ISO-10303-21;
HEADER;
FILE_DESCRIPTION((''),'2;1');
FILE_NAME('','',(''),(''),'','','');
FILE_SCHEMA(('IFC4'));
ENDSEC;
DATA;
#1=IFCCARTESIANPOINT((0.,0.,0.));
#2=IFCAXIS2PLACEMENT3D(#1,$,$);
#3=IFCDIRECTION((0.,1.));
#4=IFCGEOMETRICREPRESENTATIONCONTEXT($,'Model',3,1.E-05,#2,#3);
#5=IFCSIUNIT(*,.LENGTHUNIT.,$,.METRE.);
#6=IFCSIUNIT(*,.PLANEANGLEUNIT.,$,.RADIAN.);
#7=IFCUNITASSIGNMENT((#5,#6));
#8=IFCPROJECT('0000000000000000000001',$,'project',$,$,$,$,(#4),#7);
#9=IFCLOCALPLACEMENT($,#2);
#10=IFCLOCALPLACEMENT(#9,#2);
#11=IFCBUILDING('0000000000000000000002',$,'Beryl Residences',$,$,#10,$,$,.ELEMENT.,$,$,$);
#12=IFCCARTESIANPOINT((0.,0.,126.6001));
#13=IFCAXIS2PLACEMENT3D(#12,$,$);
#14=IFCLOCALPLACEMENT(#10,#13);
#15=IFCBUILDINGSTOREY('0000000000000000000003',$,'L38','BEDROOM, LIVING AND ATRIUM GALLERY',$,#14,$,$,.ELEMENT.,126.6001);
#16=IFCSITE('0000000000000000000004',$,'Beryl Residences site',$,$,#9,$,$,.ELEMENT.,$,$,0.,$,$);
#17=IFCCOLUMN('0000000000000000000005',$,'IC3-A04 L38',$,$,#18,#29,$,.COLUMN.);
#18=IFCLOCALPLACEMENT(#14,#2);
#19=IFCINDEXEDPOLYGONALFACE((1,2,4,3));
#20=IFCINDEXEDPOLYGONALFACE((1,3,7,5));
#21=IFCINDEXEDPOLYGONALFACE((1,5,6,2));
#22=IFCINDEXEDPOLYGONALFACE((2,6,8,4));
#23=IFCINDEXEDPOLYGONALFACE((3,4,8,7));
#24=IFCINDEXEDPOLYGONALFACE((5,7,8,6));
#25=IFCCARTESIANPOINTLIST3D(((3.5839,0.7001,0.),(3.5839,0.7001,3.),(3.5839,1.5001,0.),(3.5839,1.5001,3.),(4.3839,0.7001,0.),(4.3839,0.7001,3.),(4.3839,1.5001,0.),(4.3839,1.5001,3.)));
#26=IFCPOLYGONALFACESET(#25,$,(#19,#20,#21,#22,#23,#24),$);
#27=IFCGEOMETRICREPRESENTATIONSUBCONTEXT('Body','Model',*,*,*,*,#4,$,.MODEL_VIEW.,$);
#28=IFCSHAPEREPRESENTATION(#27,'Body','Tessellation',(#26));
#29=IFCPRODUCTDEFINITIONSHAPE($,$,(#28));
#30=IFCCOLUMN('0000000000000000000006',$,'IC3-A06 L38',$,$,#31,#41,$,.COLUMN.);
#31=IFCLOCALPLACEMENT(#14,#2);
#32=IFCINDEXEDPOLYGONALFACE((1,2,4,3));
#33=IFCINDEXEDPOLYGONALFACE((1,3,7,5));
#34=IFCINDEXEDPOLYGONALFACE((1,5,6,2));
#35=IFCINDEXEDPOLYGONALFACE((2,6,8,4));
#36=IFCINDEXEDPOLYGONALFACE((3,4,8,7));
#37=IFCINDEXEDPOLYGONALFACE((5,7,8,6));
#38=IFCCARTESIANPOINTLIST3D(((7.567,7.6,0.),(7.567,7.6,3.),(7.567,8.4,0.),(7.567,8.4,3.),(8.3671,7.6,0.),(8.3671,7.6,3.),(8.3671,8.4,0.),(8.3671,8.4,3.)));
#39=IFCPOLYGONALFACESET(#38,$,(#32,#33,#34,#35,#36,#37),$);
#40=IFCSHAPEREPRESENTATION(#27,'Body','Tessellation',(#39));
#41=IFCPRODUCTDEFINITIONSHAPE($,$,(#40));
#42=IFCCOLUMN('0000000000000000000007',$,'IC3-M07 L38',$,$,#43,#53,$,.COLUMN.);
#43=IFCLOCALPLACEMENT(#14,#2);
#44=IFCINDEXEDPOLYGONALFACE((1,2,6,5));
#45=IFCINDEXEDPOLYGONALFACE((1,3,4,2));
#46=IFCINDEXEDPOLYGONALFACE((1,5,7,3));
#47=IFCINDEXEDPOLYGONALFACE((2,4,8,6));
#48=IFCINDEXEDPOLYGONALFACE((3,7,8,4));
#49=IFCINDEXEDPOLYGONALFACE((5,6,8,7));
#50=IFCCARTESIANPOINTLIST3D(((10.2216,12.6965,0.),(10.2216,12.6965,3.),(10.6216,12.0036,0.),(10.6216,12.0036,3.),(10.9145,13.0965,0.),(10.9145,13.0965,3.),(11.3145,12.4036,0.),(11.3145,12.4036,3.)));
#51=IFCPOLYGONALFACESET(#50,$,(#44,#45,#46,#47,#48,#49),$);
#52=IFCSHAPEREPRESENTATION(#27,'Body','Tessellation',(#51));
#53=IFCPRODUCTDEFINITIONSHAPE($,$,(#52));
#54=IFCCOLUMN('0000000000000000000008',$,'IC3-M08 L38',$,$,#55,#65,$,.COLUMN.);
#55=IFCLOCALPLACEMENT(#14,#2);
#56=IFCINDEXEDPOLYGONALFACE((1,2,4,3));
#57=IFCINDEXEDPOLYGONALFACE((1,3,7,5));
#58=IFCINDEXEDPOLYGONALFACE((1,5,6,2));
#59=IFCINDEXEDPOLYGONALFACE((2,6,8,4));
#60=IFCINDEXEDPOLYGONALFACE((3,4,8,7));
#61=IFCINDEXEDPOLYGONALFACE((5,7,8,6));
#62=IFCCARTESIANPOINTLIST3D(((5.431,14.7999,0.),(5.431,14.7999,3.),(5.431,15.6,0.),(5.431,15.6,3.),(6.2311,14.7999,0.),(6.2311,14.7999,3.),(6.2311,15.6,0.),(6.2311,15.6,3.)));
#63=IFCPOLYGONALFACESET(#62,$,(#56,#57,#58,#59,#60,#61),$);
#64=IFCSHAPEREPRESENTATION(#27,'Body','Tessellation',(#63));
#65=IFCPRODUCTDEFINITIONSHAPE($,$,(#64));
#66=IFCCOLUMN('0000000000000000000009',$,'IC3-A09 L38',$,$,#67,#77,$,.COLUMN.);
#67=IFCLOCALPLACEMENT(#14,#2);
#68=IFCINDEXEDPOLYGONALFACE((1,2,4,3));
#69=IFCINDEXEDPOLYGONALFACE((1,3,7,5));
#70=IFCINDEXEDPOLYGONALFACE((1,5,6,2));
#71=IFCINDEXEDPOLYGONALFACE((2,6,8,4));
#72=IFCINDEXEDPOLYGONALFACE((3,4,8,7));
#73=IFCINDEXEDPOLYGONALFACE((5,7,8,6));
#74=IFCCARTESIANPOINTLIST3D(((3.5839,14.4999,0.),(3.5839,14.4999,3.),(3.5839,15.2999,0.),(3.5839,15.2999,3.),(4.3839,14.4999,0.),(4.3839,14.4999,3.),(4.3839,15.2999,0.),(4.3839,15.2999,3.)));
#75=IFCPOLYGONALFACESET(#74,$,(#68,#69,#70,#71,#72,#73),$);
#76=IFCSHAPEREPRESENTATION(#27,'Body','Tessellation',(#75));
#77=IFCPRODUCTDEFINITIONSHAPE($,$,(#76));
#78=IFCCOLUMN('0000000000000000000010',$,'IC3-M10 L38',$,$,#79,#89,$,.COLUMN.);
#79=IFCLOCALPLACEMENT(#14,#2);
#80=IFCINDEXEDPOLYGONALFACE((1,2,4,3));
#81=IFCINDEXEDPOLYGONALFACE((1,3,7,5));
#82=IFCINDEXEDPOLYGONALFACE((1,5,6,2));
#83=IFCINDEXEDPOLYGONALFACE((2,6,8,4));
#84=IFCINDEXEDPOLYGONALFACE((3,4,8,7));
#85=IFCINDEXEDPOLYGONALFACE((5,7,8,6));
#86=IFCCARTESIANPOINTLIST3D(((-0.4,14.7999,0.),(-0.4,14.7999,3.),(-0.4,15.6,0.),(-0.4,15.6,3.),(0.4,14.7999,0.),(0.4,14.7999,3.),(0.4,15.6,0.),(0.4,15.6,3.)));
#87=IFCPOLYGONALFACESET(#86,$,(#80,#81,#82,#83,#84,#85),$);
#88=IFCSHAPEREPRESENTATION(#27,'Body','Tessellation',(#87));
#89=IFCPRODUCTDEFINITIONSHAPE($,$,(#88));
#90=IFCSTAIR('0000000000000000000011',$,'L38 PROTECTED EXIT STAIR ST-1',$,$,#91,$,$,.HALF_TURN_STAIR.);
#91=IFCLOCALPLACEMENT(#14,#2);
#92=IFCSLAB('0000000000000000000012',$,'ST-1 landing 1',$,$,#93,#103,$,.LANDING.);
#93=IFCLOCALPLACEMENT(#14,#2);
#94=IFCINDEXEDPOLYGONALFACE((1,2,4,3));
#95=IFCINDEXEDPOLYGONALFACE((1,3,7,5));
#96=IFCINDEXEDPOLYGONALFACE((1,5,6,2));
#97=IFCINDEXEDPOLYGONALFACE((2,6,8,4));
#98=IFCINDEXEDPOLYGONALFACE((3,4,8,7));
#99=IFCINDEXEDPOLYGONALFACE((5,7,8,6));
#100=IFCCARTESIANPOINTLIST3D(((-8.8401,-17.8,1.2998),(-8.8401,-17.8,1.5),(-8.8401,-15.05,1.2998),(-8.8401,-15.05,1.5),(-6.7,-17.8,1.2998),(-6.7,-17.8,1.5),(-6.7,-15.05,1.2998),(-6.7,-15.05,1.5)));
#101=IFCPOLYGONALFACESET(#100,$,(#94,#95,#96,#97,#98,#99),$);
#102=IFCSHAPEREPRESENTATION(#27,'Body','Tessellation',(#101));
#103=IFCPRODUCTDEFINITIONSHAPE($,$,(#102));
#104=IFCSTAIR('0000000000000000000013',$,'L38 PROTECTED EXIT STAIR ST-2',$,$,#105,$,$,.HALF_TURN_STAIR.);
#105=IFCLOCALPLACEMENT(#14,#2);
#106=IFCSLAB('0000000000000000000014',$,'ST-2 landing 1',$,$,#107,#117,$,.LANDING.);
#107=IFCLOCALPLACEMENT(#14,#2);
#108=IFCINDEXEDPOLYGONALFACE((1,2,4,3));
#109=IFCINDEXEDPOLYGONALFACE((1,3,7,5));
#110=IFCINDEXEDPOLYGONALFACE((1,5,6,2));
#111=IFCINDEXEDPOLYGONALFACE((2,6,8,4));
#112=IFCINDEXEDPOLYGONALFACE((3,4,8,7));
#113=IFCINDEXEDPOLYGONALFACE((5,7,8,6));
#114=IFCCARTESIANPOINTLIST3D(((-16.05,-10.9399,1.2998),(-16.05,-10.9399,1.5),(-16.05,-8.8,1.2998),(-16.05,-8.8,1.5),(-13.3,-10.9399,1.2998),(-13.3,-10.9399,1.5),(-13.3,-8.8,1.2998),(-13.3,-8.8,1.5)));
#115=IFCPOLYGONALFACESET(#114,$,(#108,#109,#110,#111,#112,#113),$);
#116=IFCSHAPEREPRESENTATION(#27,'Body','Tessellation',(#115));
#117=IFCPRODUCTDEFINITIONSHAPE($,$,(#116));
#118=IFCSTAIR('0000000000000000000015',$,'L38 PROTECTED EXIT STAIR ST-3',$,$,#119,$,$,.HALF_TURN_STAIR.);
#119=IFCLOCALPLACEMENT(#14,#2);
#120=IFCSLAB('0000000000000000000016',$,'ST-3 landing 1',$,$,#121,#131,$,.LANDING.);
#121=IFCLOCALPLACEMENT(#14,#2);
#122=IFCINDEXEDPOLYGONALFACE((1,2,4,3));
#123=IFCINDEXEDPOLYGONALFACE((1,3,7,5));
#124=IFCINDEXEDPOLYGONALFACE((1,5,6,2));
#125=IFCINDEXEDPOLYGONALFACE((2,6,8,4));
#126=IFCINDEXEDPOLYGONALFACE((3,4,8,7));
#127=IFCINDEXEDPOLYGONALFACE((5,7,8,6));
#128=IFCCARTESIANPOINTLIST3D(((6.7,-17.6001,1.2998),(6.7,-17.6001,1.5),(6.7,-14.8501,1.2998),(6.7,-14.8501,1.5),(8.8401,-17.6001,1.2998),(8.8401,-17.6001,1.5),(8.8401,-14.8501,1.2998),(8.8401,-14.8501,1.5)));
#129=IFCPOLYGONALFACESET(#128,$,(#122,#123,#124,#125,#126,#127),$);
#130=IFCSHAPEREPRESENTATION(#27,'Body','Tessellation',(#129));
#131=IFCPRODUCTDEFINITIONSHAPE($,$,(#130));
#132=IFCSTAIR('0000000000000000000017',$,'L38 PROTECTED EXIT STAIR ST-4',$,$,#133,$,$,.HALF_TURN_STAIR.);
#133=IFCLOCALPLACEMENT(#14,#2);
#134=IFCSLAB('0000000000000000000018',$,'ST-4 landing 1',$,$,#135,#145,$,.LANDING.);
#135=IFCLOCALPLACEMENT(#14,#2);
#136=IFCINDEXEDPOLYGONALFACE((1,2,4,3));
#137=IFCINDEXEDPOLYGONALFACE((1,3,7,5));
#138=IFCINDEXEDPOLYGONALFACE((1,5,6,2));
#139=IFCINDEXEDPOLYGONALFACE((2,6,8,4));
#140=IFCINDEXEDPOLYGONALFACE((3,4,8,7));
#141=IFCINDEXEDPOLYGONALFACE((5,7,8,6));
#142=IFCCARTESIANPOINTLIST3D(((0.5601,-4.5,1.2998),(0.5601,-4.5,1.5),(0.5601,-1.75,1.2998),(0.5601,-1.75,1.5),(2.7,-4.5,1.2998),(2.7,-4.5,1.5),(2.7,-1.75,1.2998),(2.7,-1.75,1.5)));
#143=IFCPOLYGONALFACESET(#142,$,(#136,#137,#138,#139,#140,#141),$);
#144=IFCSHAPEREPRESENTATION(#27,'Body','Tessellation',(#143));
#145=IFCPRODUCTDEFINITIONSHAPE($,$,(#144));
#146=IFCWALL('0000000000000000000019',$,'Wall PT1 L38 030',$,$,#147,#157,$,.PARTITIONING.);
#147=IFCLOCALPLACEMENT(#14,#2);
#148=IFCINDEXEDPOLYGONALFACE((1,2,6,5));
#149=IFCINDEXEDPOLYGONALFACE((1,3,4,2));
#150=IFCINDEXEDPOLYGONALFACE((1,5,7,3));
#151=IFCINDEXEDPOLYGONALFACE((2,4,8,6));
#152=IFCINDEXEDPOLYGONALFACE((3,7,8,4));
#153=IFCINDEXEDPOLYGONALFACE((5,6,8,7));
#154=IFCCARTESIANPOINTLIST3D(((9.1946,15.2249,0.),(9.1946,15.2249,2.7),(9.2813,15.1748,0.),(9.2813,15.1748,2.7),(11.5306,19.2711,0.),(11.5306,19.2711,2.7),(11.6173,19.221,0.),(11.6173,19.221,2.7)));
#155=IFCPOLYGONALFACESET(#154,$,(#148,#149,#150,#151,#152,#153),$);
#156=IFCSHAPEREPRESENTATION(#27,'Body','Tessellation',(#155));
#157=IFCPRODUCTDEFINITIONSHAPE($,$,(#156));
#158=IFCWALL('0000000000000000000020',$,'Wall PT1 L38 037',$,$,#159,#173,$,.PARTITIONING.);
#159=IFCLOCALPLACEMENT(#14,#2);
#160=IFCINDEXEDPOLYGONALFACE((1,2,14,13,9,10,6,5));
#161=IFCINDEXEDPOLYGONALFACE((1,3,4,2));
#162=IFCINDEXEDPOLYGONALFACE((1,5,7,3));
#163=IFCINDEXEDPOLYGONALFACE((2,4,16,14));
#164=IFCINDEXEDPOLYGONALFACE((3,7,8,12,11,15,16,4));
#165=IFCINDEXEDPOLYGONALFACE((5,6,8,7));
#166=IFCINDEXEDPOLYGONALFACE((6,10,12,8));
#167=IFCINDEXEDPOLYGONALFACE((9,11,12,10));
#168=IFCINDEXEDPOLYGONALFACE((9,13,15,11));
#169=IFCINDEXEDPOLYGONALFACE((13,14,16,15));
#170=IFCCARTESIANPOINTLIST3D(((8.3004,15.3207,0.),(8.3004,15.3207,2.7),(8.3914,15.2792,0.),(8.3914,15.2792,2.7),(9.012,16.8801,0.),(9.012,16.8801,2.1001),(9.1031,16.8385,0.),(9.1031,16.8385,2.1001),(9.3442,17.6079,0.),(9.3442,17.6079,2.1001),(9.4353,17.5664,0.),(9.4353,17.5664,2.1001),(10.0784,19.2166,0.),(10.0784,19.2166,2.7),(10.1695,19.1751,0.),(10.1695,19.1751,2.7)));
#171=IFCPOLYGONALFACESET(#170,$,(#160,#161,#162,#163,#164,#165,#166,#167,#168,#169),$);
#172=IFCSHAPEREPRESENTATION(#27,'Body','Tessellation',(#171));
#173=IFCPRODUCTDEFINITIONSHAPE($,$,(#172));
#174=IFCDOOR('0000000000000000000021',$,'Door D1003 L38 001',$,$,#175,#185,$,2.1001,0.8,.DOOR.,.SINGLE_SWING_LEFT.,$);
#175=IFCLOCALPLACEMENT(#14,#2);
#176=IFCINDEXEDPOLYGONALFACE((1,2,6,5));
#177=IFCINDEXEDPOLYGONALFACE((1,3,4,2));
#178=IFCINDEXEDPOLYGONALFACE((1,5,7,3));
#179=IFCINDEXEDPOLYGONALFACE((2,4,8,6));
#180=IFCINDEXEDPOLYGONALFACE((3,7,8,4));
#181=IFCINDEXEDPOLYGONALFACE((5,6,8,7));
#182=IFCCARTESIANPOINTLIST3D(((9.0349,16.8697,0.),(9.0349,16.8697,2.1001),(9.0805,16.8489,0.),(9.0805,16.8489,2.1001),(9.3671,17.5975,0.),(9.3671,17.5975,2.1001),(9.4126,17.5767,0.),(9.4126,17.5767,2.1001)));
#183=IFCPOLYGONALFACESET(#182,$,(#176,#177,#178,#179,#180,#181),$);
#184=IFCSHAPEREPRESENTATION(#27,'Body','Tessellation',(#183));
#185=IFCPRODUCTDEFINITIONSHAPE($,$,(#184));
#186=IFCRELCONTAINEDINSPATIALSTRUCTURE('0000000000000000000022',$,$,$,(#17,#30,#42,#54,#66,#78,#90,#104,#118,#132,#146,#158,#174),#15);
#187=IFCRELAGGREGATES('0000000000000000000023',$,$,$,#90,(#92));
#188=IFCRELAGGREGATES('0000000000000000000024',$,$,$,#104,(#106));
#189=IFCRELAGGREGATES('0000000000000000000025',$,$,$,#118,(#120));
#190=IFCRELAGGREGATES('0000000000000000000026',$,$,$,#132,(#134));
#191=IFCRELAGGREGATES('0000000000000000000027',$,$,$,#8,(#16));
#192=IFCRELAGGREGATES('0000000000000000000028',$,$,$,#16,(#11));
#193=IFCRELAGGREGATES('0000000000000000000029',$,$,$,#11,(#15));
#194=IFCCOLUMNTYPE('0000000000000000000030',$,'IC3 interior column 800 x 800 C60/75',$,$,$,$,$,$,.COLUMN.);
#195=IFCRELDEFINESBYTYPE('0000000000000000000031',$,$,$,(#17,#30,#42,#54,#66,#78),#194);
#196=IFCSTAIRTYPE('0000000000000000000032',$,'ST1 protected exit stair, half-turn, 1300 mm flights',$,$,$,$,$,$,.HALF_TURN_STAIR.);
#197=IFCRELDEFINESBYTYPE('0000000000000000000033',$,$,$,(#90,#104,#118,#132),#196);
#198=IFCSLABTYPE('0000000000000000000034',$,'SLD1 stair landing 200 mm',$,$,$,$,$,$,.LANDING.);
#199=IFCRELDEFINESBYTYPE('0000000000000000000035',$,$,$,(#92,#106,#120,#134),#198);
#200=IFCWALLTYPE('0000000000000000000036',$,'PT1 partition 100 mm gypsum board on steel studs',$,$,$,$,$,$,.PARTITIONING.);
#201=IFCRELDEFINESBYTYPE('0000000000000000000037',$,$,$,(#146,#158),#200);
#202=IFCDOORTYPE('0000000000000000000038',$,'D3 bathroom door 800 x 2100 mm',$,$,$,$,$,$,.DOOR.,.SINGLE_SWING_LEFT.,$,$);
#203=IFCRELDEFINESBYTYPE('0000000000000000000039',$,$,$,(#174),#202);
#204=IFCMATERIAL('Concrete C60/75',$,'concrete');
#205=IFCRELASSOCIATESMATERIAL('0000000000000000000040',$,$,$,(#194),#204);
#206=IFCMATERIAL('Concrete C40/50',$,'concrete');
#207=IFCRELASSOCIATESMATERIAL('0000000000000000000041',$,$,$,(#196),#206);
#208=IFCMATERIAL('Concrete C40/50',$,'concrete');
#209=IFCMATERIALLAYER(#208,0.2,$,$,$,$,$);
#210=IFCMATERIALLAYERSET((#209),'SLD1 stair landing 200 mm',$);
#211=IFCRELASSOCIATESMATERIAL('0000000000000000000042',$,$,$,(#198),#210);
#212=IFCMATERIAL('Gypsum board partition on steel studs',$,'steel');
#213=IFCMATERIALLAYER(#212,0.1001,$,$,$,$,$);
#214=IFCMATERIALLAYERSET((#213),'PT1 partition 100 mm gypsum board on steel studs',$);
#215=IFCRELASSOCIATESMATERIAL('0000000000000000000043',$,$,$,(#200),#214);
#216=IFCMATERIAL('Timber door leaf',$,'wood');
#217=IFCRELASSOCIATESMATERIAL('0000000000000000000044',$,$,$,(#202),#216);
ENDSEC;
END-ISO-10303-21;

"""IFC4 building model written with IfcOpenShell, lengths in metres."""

from ifc_helpers import new_model, si_unit, direction, frame, frame_2d, origin, origin_2d, place, context, subcontext, project, spatial, polyline, rectangle, outline, extrude, material, layer, layer_set, material_profile, profile_set, type_object, element, fill, aggregate, save


model = new_model("IFC4")

# Units and contexts
model_context = context("Model", 3, precision=1e-05, world=origin(), true_north=direction((0.0, 1.0)))
body_context = subcontext(model_context, "Body", "Model", "MODEL_VIEW")
ifc_project = project(units=[si_unit("LENGTHUNIT", "METRE"), si_unit("PLANEANGLEUNIT", "RADIAN")], contexts=[model_context])

# Site, building, storey
site_placement = place(None, origin())
site = spatial("IfcSite", under=ifc_project, at=site_placement, Name="Beryl Residences site", CompositionType="ELEMENT", RefElevation=0.0)
building_placement = place(site_placement, origin())
building = spatial("IfcBuilding", under=site, at=building_placement, Name="Beryl Residences", CompositionType="ELEMENT")
storey_placement = place(building_placement, frame((0.0, 0.0, 126.6001)))
storey = spatial("IfcBuildingStorey", under=building, at=storey_placement, Name="L38", Description="BEDROOM, LIVING AND ATRIUM GALLERY", CompositionType="ELEMENT", Elevation=126.6001)

# Columns
ifc_material_1 = material(Name="Concrete C60/75", Category="concrete")
ifc_material_profile = material_profile(ifc_material_1, rectangle(XDim=0.8, YDim=0.8, at=origin_2d()))
ifc_profile_set = profile_set([ifc_material_profile], Name="Concrete C60/75")
column_type = type_object("IfcColumnType", Name="IC3 interior column 800 x 800 C60/75", PredefinedType="COLUMN", material=ifc_profile_set)
for number, where, z_axis, x_axis, name in (
    (1, (3.9839, 1.1001, 0.0), (0.0, 0.0, 1.0), (1.0, 0.0, 0.0), "IC3-A04 L38"),
    (2, (7.967, 8.0, 0.0), (0.0, 0.0, 1.0), (1.0, 0.0, 0.0), "IC3-A06 L38"),
    (3, (10.7681, 12.55, 0.0), (0.0, 0.0, 1.0), (-0.5, 0.866025, 0.0), "IC3-M07 L38"),
    (4, (5.8311, 15.2, 0.0), (0.0, 0.0, 1.0), (-1.0, 0.0, 0.0), "IC3-M08 L38"),
    (5, (3.9839, 14.8999, 0.0), (0.0, 0.0, 1.0), (1.0, 0.0, 0.0), "IC3-A09 L38"),
    (6, (0.0, 15.2, 0.0), (0.0, 0.0, 1.0), (-1.0, 0.0, 0.0), "IC3-M10 L38"),
):
    element("IfcColumn", number, at=place(storey_placement, frame(where, z_axis=z_axis, x_axis=x_axis)), inside=storey, type_object=column_type, Name=name, PredefinedType="COLUMN", context=body_context, shape_type="SweptSolid", body=[
        extrude(rectangle(XDim=0.8, YDim=0.8, at=origin_2d()), origin(), (0.0, 0.0, 1.0), 3.0),
    ])

# Stairs, slabs
ifc_material_2 = material(Name="Concrete C40/50", Category="concrete")
stair_type = type_object("IfcStairType", Name="ST1 protected exit stair, half-turn, 1300 mm flights", PredefinedType="HALF_TURN_STAIR", material=ifc_material_2)
stair_1_placement = place(storey_placement, origin())
stair_1 = element("IfcStair", 7, at=stair_1_placement, inside=storey, type_object=stair_type, Name="L38 PROTECTED EXIT STAIR ST-1", PredefinedType="HALF_TURN_STAIR")
ifc_material_3 = material(Name="Concrete C40/50", Category="concrete")
ifc_layer_1 = layer(ifc_material_3, 0.2)
ifc_layer_set_1 = layer_set([ifc_layer_1], Name="SLD1 stair landing 200 mm")
slab_type_1 = type_object("IfcSlabType", Name="SLD1 stair landing 200 mm", PredefinedType="LANDING", material=ifc_layer_set_1)
slab_1_placement = place(storey_placement, frame((0.0, 0.0, 1.2998)))
slab_1 = element("IfcSlab", 8, at=slab_1_placement, type_object=slab_type_1, Name="ST-1 landing 1", PredefinedType="LANDING", context=body_context, shape_type="SweptSolid", body=[
    extrude(outline(polyline([(-8.8401, -17.8), (-6.7, -17.8), (-6.7, -15.05), (-8.8401, -15.05), (-8.8401, -17.8)])), origin(), (0.0, 0.0, 1.0), 0.2002),
])
aggregate(stair_1, [slab_1])
stair_2_placement = place(storey_placement, origin())
stair_2 = element("IfcStair", 9, at=stair_2_placement, inside=storey, type_object=stair_type, Name="L38 PROTECTED EXIT STAIR ST-2", PredefinedType="HALF_TURN_STAIR")
slab_2_placement = place(storey_placement, frame((0.0, 0.0, 1.2998)))
slab_2 = element("IfcSlab", 10, at=slab_2_placement, type_object=slab_type_1, Name="ST-2 landing 1", PredefinedType="LANDING", context=body_context, shape_type="SweptSolid", body=[
    extrude(outline(polyline([(-13.3, -10.9399), (-13.3, -8.8), (-16.05, -8.8), (-16.05, -10.9399), (-13.3, -10.9399)])), origin(), (0.0, 0.0, 1.0), 0.2002),
])
aggregate(stair_2, [slab_2])
stair_3_placement = place(storey_placement, origin())
stair_3 = element("IfcStair", 11, at=stair_3_placement, inside=storey, type_object=stair_type, Name="L38 PROTECTED EXIT STAIR ST-3", PredefinedType="HALF_TURN_STAIR")
slab_3_placement = place(storey_placement, frame((0.0, 0.0, 1.2998)))
slab_3 = element("IfcSlab", 12, at=slab_3_placement, type_object=slab_type_1, Name="ST-3 landing 1", PredefinedType="LANDING", context=body_context, shape_type="SweptSolid", body=[
    extrude(outline(polyline([(8.8401, -14.8501), (6.7, -14.8501), (6.7, -17.6001), (8.8401, -17.6001), (8.8401, -14.8501)])), origin(), (0.0, 0.0, 1.0), 0.2002),
])
aggregate(stair_3, [slab_3])
stair_4_placement = place(storey_placement, origin())
stair_4 = element("IfcStair", 13, at=stair_4_placement, inside=storey, type_object=stair_type, Name="L38 PROTECTED EXIT STAIR ST-4", PredefinedType="HALF_TURN_STAIR")
slab_4_placement = place(storey_placement, frame((0.0, 0.0, 1.2998)))
slab_4 = element("IfcSlab", 14, at=slab_4_placement, type_object=slab_type_1, Name="ST-4 landing 1", PredefinedType="LANDING", context=body_context, shape_type="SweptSolid", body=[
    extrude(outline(polyline([(0.5601, -4.5), (2.7, -4.5), (2.7, -1.75), (0.5601, -1.75), (0.5601, -4.5)])), origin(), (0.0, 0.0, 1.0), 0.2002),
])
aggregate(stair_4, [slab_4])

# Wall
ifc_material_4 = material(Name="Gypsum board partition on steel studs", Category="steel")
ifc_layer_2 = layer(ifc_material_4, 0.1001)
ifc_layer_set_2 = layer_set([ifc_layer_2], Name="PT1 partition 100 mm gypsum board on steel studs")
wall_type_1 = type_object("IfcWallType", Name="PT1 partition 100 mm gypsum board on steel studs", PredefinedType="PARTITIONING", material=ifc_layer_set_2)
wall_1_placement = place(storey_placement, frame((9.238, 15.2, 0.0), z_axis=(0.0, 0.0, 1.0), x_axis=(0.499983, 0.866035, 0.0)))
element("IfcWall", 15, at=wall_1_placement, inside=storey, type_object=wall_type_1, Name="Wall PT1 L38 030", PredefinedType="PARTITIONING", context=body_context, shape_type="SweptSolid", body=[
    extrude(rectangle(XDim=4.6721, YDim=0.1001, at=frame_2d((2.3359, 0.0))), origin(), (0.0, 0.0, 1.0), 2.7),
])

# Wall, opening, door
wall_2_placement = place(storey_placement, frame((8.3459, 15.3, 0.0), z_axis=(0.0, 0.0, 1.0), x_axis=(0.41519, 0.909735, 0.0)))
wall_2 = element("IfcWall", 16, at=wall_2_placement, inside=storey, type_object=wall_type_1, Name="Wall PT1 L38 037", PredefinedType="PARTITIONING", context=body_context, shape_type="SweptSolid", body=[
    extrude(rectangle(XDim=4.2825, YDim=0.1001, at=frame_2d((2.1411, 0.0))), origin(), (0.0, 0.0, 1.0), 2.7),
])
opening_1_placement = place(wall_2_placement, frame((1.7141, 0.0, 0.0)))
opening_1 = element("IfcOpeningElement", 17, at=opening_1_placement, cuts=wall_2, PredefinedType="OPENING", context=body_context, shape_type="SweptSolid", body=[
    extrude(rectangle(XDim=0.8, YDim=2.1001, at=frame_2d((0.3999, 1.05))), frame((0.0, 0.0601, 0.0), z_axis=(0.0, -1.0, 0.0), x_axis=(1.0, 0.0, 0.0)), (0.0, 0.0, 1.0), 0.1201),
])
ifc_material_5 = material(Name="Timber door leaf", Category="wood")
door_type_1 = type_object("IfcDoorType", Name="D3 bathroom door 800 x 2100 mm", OperationType="SINGLE_SWING_LEFT", PredefinedType="DOOR", material=ifc_material_5)
door_1_placement = place(opening_1_placement, origin())
door_1 = element("IfcDoor", 18, at=door_1_placement, inside=storey, type_object=door_type_1, Name="Door D1003 L38 001", OperationType="SINGLE_SWING_LEFT", OverallHeight=2.1001, OverallWidth=0.8, PredefinedType="DOOR", context=body_context, shape_type="SweptSolid", body=[
    extrude(rectangle(XDim=0.8, YDim=2.1001, at=frame_2d((0.3999, 1.05))), frame((0.0, 0.0249, 0.0), z_axis=(0.0, -1.0, 0.0), x_axis=(1.0, 0.0, 0.0)), (0.0, 0.0, 1.0), 0.05),
])
fill(opening_1, door_1)

save(model, "model.ifc")
